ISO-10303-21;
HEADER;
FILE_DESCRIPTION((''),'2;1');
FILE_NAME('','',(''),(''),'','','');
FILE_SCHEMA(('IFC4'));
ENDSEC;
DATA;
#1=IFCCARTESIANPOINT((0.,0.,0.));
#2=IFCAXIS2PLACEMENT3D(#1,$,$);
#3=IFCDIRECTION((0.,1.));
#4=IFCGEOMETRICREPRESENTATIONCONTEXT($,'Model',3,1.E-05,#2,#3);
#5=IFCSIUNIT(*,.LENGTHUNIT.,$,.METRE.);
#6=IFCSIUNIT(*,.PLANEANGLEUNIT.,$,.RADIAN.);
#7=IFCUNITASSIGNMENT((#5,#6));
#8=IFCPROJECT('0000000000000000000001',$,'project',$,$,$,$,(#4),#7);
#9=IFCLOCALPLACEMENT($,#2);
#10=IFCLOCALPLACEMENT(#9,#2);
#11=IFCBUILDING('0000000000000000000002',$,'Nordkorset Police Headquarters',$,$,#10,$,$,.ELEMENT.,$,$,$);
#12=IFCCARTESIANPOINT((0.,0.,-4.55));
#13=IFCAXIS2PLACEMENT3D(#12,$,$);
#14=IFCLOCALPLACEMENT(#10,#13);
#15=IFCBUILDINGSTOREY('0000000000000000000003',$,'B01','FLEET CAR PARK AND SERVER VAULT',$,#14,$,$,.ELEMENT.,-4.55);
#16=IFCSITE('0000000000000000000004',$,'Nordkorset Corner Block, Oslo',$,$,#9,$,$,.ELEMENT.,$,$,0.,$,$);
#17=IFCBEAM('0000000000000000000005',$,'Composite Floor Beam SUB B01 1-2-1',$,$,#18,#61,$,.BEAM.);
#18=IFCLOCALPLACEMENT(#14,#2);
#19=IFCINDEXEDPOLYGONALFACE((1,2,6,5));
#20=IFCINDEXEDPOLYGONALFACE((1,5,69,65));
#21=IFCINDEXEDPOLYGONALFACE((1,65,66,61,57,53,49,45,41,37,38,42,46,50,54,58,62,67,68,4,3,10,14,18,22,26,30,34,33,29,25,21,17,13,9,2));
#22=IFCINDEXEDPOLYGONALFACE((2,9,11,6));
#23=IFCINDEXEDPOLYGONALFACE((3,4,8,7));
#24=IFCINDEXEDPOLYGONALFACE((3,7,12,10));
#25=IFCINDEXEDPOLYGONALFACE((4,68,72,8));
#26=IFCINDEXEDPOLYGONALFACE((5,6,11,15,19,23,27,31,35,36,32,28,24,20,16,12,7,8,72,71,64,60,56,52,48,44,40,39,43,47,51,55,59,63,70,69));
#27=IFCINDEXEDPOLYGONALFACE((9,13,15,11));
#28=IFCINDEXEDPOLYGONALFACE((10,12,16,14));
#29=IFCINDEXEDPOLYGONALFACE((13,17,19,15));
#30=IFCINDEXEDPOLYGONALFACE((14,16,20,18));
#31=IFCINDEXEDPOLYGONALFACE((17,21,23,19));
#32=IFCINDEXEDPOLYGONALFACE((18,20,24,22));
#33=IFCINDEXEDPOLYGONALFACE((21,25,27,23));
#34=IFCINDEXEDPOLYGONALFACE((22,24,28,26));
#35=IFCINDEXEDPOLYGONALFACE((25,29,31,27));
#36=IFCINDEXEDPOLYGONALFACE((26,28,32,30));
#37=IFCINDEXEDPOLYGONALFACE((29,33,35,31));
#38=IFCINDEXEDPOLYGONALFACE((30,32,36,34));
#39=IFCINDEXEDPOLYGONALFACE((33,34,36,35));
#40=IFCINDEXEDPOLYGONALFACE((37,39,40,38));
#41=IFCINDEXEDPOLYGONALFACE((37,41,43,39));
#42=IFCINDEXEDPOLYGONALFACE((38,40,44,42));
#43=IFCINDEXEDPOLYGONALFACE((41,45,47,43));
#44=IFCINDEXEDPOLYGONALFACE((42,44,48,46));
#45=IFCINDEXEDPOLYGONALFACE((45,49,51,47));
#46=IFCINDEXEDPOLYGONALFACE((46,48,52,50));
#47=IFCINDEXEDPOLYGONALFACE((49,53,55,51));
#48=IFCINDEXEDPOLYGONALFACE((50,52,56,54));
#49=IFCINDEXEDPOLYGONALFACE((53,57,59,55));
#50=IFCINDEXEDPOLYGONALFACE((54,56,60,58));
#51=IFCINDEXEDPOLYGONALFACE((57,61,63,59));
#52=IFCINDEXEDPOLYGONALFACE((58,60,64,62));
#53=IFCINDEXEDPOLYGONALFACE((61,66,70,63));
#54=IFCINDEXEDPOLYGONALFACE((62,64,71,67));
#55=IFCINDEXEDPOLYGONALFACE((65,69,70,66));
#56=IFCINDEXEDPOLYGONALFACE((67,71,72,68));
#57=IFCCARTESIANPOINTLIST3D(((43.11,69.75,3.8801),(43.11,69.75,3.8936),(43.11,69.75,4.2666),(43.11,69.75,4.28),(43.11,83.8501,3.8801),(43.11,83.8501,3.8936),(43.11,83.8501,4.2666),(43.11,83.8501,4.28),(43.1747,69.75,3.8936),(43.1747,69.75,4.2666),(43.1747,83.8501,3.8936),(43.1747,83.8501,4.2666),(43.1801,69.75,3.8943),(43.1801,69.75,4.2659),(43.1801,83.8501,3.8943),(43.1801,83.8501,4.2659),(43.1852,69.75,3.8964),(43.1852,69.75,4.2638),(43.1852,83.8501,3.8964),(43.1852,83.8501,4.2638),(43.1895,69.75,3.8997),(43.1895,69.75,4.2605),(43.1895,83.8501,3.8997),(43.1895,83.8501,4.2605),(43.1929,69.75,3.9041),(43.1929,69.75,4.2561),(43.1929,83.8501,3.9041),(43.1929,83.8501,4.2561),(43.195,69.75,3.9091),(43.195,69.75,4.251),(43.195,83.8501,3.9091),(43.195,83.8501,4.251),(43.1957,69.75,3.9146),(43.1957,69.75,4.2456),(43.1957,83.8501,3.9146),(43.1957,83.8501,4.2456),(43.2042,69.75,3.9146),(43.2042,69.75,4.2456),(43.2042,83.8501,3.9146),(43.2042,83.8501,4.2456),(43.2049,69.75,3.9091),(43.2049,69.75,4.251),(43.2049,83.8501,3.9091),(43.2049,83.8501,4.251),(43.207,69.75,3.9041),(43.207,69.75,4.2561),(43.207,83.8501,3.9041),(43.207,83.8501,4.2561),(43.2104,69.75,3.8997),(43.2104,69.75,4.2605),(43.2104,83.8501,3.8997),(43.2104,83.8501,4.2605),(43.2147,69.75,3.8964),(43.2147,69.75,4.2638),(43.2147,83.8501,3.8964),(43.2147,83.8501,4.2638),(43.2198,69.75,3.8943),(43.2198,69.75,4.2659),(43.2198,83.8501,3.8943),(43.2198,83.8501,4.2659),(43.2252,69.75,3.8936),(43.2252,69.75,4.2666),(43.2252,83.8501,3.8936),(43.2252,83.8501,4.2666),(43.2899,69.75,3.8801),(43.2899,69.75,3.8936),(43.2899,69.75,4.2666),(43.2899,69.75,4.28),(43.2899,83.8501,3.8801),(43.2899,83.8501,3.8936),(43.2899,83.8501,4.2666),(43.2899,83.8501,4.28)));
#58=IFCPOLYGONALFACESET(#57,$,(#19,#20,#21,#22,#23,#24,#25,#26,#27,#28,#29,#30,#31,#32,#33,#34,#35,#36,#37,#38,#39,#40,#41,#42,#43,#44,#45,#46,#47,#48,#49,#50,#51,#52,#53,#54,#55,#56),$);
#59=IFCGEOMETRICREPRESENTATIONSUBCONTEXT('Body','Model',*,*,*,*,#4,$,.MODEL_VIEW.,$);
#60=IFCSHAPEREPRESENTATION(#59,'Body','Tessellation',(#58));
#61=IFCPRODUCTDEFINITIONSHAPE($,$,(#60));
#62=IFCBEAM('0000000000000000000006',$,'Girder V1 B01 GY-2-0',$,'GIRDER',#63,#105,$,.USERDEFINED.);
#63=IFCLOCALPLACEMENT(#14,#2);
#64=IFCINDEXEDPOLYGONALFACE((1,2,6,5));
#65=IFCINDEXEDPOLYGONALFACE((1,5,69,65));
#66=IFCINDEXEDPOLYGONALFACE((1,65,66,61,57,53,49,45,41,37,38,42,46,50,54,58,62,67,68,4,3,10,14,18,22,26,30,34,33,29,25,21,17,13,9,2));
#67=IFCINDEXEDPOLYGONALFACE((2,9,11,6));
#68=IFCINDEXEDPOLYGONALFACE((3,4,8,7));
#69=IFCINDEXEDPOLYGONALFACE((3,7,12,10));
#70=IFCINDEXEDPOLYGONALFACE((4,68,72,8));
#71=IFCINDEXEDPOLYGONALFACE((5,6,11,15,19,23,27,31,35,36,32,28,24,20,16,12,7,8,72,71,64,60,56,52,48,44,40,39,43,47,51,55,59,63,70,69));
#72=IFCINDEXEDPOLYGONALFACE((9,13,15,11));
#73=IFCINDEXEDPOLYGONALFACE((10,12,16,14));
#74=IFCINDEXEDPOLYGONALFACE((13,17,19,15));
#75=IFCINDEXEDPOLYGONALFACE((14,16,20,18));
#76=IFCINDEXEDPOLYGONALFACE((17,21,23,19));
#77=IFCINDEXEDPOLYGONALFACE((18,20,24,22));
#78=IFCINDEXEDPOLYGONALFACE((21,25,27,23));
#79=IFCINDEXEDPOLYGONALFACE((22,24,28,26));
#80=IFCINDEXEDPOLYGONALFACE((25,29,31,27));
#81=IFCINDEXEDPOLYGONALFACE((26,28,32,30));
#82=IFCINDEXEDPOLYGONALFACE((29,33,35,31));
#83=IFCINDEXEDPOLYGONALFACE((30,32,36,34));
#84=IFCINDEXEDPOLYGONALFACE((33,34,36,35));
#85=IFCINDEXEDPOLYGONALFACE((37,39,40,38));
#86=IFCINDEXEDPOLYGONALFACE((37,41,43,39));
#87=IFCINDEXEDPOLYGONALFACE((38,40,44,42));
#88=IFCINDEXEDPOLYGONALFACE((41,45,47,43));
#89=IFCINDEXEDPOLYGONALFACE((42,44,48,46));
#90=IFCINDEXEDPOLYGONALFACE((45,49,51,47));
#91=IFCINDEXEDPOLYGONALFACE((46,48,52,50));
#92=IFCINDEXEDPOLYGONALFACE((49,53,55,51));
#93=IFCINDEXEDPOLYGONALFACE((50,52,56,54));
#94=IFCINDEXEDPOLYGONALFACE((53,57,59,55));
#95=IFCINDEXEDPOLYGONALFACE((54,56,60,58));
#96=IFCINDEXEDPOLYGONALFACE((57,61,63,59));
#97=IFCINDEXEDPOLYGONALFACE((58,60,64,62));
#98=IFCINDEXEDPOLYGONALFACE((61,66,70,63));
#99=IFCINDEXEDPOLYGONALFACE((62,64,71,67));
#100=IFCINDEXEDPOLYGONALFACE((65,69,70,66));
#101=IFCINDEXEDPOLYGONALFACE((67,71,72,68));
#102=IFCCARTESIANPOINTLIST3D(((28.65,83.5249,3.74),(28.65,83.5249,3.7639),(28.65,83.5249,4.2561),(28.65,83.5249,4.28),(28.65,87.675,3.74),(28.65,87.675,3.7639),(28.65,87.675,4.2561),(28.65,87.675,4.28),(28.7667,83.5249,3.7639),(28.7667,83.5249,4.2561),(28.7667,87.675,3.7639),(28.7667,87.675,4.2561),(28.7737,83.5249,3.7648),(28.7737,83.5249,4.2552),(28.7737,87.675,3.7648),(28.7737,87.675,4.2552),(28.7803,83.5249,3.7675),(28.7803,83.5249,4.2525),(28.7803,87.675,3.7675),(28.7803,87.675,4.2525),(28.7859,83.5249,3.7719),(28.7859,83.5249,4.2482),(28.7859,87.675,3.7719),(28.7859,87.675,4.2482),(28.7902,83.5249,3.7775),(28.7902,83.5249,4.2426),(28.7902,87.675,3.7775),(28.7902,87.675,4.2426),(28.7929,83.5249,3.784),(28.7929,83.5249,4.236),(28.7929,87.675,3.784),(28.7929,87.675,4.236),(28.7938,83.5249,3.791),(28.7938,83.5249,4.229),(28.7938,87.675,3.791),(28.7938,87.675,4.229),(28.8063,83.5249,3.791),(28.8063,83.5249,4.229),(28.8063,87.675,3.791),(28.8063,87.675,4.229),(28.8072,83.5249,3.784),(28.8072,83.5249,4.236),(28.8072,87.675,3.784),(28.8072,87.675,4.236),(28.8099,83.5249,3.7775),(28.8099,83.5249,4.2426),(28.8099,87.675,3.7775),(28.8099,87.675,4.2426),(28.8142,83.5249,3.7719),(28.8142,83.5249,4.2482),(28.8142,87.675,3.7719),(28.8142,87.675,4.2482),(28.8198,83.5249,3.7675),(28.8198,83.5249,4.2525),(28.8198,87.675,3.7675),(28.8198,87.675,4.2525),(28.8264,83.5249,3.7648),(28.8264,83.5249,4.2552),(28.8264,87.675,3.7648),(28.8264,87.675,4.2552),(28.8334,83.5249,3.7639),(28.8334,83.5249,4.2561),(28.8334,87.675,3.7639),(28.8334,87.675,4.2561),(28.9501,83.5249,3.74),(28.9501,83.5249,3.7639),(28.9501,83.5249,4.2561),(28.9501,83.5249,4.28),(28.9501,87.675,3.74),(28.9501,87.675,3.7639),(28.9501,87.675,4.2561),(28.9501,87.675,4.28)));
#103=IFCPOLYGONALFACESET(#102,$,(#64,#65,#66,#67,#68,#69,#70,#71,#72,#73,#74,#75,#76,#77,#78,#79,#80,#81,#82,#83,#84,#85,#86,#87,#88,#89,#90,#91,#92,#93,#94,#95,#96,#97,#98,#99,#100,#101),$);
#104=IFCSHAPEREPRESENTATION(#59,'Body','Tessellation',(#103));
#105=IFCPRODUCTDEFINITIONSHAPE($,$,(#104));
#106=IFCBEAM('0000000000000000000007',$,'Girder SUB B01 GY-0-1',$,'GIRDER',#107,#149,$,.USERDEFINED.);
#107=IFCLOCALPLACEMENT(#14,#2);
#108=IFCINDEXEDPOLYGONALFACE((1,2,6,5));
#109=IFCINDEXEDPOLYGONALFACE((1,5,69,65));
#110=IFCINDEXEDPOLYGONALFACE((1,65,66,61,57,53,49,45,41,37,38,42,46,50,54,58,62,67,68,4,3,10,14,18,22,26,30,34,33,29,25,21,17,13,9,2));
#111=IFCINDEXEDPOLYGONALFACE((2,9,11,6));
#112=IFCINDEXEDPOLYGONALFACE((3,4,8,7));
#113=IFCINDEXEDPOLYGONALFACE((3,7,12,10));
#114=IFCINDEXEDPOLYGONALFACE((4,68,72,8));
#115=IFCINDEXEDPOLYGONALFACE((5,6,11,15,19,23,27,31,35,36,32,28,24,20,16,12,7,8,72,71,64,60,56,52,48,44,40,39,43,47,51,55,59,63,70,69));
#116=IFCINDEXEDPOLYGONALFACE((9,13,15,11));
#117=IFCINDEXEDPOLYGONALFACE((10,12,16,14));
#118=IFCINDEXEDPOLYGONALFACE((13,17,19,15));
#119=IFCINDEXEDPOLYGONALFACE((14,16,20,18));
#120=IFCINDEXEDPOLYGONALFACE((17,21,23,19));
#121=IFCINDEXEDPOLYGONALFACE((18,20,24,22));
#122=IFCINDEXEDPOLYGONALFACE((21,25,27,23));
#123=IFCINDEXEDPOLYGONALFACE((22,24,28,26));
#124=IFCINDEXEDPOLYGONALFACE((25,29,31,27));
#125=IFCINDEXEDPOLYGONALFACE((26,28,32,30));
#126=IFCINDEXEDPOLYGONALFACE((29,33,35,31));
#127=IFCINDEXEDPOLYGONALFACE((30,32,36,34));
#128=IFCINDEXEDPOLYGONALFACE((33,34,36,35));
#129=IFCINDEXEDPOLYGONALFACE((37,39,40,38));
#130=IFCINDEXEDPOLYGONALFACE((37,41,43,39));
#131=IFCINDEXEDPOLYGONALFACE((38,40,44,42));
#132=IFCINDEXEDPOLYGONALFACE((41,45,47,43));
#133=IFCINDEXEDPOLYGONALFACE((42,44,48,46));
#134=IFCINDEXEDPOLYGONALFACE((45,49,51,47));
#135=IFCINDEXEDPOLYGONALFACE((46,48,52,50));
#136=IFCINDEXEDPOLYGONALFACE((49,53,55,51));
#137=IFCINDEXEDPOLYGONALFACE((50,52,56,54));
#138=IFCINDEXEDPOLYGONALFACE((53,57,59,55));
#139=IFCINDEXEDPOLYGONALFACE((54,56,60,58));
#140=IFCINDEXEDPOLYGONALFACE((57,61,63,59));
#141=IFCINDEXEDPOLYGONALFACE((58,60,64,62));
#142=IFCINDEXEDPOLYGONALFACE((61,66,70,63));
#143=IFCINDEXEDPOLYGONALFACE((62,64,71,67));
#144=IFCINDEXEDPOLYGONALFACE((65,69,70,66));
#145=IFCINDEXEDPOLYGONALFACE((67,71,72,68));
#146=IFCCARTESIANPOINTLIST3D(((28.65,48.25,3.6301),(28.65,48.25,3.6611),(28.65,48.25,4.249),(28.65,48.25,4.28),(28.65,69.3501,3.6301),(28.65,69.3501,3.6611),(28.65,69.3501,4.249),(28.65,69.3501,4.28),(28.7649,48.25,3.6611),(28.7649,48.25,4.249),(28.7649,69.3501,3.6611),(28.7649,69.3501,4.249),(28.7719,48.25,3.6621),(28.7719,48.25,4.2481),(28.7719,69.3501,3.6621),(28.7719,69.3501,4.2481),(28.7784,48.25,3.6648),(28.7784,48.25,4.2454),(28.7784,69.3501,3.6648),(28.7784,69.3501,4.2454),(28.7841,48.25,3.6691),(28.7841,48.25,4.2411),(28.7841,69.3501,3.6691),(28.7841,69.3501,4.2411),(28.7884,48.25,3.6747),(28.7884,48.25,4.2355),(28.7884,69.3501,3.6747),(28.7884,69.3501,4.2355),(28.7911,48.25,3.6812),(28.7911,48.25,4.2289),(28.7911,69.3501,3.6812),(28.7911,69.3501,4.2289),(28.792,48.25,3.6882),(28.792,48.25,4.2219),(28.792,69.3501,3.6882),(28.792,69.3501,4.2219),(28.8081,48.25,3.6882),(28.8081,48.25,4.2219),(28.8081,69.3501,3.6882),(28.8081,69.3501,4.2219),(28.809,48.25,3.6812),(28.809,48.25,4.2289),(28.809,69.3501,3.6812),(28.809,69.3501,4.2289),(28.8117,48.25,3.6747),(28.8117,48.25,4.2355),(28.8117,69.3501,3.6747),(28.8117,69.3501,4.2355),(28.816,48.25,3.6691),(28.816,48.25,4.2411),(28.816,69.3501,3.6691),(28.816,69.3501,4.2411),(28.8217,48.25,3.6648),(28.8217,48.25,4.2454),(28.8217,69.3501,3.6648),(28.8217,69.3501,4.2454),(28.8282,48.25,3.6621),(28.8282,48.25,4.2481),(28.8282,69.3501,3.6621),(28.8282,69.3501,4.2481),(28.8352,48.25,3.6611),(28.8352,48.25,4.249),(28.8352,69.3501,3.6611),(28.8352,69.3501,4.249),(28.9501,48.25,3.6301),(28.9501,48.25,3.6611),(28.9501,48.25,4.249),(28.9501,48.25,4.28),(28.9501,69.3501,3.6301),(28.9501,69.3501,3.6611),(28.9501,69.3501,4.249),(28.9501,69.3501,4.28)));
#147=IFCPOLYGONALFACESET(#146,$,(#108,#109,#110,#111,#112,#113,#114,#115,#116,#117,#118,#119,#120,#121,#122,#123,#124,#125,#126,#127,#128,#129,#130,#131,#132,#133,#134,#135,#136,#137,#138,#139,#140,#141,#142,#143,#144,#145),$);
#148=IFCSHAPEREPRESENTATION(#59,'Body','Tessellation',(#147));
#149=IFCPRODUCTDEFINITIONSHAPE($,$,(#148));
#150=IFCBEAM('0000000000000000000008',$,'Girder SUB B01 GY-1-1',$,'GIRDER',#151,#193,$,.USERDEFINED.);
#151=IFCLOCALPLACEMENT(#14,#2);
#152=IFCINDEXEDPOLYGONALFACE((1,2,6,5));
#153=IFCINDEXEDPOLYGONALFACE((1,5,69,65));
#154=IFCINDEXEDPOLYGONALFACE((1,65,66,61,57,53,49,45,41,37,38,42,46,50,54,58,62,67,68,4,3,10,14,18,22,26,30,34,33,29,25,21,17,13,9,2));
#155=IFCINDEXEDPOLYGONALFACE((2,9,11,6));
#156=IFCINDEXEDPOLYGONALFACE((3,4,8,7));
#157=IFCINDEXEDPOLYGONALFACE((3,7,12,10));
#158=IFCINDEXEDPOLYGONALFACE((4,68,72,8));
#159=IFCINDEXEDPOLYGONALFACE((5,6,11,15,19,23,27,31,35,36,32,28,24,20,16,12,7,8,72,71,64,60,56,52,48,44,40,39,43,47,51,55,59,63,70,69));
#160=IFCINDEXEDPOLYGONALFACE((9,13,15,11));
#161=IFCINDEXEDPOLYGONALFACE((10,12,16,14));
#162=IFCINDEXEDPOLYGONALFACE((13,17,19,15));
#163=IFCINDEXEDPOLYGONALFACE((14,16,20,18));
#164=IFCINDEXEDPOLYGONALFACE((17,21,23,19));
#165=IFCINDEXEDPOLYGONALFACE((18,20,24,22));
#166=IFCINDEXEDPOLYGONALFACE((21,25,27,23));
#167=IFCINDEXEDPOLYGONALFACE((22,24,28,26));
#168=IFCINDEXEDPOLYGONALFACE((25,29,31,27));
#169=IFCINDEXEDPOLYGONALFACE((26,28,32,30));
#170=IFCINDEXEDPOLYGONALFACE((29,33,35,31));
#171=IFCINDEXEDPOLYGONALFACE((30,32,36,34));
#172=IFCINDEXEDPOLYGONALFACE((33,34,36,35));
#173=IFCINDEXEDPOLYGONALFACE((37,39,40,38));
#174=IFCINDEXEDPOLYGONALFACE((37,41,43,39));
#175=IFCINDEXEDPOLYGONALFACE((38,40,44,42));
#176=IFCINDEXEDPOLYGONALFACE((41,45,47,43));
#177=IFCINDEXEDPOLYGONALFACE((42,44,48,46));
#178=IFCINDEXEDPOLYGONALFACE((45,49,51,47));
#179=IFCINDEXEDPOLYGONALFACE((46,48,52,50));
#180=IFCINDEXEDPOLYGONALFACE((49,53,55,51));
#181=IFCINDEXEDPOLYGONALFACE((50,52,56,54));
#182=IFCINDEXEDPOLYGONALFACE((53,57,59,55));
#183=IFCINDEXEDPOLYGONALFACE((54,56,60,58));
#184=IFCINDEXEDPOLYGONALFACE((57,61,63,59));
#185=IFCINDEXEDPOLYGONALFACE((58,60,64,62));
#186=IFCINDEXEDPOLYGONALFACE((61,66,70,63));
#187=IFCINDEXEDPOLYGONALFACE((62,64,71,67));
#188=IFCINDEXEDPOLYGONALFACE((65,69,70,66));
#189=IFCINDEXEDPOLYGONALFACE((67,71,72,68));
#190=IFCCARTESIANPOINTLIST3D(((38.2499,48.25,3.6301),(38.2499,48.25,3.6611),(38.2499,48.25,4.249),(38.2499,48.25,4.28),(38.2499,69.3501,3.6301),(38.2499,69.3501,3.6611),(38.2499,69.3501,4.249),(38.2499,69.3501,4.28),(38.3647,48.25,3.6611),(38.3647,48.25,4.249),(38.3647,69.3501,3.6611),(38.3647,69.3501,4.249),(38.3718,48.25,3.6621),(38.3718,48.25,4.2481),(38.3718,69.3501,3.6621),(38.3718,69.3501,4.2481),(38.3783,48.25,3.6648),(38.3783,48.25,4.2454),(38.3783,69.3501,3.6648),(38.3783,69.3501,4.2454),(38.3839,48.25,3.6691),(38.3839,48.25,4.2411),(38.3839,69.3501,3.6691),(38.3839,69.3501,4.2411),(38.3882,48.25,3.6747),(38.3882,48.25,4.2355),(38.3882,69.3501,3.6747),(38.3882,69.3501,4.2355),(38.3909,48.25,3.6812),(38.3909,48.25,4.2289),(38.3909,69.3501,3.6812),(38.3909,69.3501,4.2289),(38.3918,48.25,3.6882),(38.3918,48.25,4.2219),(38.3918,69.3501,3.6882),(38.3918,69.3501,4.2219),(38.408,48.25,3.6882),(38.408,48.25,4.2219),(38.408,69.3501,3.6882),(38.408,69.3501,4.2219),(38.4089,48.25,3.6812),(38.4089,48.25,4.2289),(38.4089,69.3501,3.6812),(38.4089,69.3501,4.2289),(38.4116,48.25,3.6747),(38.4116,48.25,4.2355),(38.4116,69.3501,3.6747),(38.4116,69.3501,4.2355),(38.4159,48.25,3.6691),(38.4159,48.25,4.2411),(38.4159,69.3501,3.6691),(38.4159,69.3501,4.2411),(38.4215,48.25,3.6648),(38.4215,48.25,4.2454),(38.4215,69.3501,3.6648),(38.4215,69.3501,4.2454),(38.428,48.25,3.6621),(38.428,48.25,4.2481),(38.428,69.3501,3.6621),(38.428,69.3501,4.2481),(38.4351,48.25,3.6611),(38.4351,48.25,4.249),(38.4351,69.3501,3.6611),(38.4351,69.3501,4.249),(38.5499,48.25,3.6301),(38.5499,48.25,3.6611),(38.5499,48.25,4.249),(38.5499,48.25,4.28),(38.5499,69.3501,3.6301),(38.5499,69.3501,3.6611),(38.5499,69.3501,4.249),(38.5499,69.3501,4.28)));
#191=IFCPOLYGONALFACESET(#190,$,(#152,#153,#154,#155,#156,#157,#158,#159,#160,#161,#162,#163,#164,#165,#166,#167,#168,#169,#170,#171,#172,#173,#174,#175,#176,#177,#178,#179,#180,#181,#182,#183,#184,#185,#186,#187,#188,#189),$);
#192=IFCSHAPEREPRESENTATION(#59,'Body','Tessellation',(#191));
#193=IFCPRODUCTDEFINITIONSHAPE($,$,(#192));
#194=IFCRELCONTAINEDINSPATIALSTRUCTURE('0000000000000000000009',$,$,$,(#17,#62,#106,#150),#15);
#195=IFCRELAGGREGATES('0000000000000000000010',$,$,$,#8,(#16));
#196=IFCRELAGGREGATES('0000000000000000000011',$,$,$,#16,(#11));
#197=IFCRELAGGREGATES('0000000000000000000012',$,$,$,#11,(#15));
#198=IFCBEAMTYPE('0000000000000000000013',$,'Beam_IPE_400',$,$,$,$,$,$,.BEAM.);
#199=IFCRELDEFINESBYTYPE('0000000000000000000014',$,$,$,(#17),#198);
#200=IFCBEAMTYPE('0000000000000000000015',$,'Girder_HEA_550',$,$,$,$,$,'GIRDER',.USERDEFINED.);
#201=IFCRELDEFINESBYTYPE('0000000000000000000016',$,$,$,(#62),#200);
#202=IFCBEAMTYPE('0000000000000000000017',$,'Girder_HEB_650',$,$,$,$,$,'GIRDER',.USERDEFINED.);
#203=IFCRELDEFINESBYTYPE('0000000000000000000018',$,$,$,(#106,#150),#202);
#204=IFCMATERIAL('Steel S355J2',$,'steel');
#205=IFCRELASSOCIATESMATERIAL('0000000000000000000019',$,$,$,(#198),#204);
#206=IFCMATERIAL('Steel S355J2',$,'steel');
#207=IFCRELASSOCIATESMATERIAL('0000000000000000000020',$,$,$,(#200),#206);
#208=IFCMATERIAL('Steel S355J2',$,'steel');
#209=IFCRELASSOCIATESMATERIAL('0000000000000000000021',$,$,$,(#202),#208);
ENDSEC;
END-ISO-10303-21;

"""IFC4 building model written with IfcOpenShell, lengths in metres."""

from ifc_helpers import new_model, si_unit, direction, frame, origin, origin_2d, place, context, subcontext, project, spatial, i_section, extrude, material, material_profile, profile_set, type_object, element, save


model = new_model("IFC4")

# Units and contexts
model_context = context("Model", 3, precision=1e-05, world=origin(), true_north=direction((0.0, 1.0)))
body_context = subcontext(model_context, "Body", "Model", "MODEL_VIEW")
ifc_project = project(units=[si_unit("LENGTHUNIT", "METRE"), si_unit("PLANEANGLEUNIT", "RADIAN")], contexts=[model_context])

# Site, building, storey
site_placement = place(None, origin())
site = spatial("IfcSite", under=ifc_project, at=site_placement, Name="Nordkorset Corner Block, Oslo", CompositionType="ELEMENT", RefElevation=0.0)
building_placement = place(site_placement, origin())
building = spatial("IfcBuilding", under=site, at=building_placement, Name="Nordkorset Police Headquarters", CompositionType="ELEMENT")
storey_placement = place(building_placement, frame((0.0, 0.0, -4.55)))
storey = spatial("IfcBuildingStorey", under=building, at=storey_placement, Name="B01", Description="FLEET CAR PARK AND SERVER VAULT", CompositionType="ELEMENT", Elevation=-4.55)

# Beams
ifc_material_1 = material(Name="Steel S355J2", Category="steel")
ifc_material_profile_1 = material_profile(ifc_material_1, i_section(OverallWidth=0.1799, OverallDepth=0.3999, WebThickness=0.0085, FlangeThickness=0.0134, FilletRadius=0.021, at=origin_2d()), Name="IPE 400")
ifc_profile_set_1 = profile_set([ifc_material_profile_1], Name="Steel S355J2")
beam_type_1 = type_object("IfcBeamType", Name="Beam_IPE_400", PredefinedType="BEAM", material=ifc_profile_set_1)
for number, where, z_axis, x_axis, name in (
    (1, (43.2, 69.75, 4.0801), (0.0, 1.0, 0.0), (-1.0, 0.0, 0.0), "Composite Floor Beam SUB B01 1-2-1"),
):
    element("IfcBeam", number, at=place(storey_placement, frame(where, z_axis=z_axis, x_axis=x_axis)), inside=storey, type_object=beam_type_1, Name=name, PredefinedType="BEAM", context=body_context, shape_type="SweptSolid", body=[
        extrude(i_section(OverallWidth=0.1799, OverallDepth=0.3999, WebThickness=0.0085, FlangeThickness=0.0134, FilletRadius=0.021, at=origin_2d()), origin(), (0.0, 0.0, 1.0), 14.1001),
    ])
ifc_material_2 = material(Name="Steel S355J2", Category="steel")
ifc_material_profile_2 = material_profile(ifc_material_2, i_section(OverallWidth=0.3, OverallDepth=0.54, WebThickness=0.0125, FlangeThickness=0.0239, FilletRadius=0.0271, at=origin_2d()), Name="HEA 550")
ifc_profile_set_2 = profile_set([ifc_material_profile_2], Name="Steel S355J2")
beam_type_2 = type_object("IfcBeamType", Name="Girder_HEA_550", ElementType="GIRDER", PredefinedType="USERDEFINED", material=ifc_profile_set_2)
beam_1_placement = place(storey_placement, frame((28.8, 83.5249, 4.01), z_axis=(0.0, 1.0, 0.0), x_axis=(-1.0, 0.0, 0.0)))
element("IfcBeam", 2, at=beam_1_placement, inside=storey, type_object=beam_type_2, Name="Girder V1 B01 GY-2-0", ObjectType="GIRDER", PredefinedType="USERDEFINED", context=body_context, shape_type="SweptSolid", body=[
    extrude(i_section(OverallWidth=0.3, OverallDepth=0.54, WebThickness=0.0125, FlangeThickness=0.0239, FilletRadius=0.0271, at=origin_2d()), origin(), (0.0, 0.0, 1.0), 4.1501),
])
ifc_material_3 = material(Name="Steel S355J2", Category="steel")
ifc_material_profile_3 = material_profile(ifc_material_3, i_section(OverallWidth=0.3, OverallDepth=0.6499, WebThickness=0.0161, FlangeThickness=0.031, FilletRadius=0.0271, at=origin_2d()), Name="HEB 650")
ifc_profile_set_3 = profile_set([ifc_material_profile_3], Name="Steel S355J2")
beam_type_3 = type_object("IfcBeamType", Name="Girder_HEB_650", ElementType="GIRDER", PredefinedType="USERDEFINED", material=ifc_profile_set_3)
for number, where, z_axis, x_axis, name in (
    (3, (28.8, 48.25, 3.9551), (0.0, 1.0, 0.0), (-1.0, 0.0, 0.0), "Girder SUB B01 GY-0-1"),
    (4, (38.3999, 48.25, 3.9551), (0.0, 1.0, 0.0), (-1.0, 0.0, 0.0), "Girder SUB B01 GY-1-1"),
):
    element("IfcBeam", number, at=place(storey_placement, frame(where, z_axis=z_axis, x_axis=x_axis)), inside=storey, type_object=beam_type_3, Name=name, ObjectType="GIRDER", PredefinedType="USERDEFINED", context=body_context, shape_type="SweptSolid", body=[
        extrude(i_section(OverallWidth=0.3, OverallDepth=0.6499, WebThickness=0.0161, FlangeThickness=0.031, FilletRadius=0.0271, at=origin_2d()), origin(), (0.0, 0.0, 1.0), 21.1001),
    ])

save(model, "model.ifc")
